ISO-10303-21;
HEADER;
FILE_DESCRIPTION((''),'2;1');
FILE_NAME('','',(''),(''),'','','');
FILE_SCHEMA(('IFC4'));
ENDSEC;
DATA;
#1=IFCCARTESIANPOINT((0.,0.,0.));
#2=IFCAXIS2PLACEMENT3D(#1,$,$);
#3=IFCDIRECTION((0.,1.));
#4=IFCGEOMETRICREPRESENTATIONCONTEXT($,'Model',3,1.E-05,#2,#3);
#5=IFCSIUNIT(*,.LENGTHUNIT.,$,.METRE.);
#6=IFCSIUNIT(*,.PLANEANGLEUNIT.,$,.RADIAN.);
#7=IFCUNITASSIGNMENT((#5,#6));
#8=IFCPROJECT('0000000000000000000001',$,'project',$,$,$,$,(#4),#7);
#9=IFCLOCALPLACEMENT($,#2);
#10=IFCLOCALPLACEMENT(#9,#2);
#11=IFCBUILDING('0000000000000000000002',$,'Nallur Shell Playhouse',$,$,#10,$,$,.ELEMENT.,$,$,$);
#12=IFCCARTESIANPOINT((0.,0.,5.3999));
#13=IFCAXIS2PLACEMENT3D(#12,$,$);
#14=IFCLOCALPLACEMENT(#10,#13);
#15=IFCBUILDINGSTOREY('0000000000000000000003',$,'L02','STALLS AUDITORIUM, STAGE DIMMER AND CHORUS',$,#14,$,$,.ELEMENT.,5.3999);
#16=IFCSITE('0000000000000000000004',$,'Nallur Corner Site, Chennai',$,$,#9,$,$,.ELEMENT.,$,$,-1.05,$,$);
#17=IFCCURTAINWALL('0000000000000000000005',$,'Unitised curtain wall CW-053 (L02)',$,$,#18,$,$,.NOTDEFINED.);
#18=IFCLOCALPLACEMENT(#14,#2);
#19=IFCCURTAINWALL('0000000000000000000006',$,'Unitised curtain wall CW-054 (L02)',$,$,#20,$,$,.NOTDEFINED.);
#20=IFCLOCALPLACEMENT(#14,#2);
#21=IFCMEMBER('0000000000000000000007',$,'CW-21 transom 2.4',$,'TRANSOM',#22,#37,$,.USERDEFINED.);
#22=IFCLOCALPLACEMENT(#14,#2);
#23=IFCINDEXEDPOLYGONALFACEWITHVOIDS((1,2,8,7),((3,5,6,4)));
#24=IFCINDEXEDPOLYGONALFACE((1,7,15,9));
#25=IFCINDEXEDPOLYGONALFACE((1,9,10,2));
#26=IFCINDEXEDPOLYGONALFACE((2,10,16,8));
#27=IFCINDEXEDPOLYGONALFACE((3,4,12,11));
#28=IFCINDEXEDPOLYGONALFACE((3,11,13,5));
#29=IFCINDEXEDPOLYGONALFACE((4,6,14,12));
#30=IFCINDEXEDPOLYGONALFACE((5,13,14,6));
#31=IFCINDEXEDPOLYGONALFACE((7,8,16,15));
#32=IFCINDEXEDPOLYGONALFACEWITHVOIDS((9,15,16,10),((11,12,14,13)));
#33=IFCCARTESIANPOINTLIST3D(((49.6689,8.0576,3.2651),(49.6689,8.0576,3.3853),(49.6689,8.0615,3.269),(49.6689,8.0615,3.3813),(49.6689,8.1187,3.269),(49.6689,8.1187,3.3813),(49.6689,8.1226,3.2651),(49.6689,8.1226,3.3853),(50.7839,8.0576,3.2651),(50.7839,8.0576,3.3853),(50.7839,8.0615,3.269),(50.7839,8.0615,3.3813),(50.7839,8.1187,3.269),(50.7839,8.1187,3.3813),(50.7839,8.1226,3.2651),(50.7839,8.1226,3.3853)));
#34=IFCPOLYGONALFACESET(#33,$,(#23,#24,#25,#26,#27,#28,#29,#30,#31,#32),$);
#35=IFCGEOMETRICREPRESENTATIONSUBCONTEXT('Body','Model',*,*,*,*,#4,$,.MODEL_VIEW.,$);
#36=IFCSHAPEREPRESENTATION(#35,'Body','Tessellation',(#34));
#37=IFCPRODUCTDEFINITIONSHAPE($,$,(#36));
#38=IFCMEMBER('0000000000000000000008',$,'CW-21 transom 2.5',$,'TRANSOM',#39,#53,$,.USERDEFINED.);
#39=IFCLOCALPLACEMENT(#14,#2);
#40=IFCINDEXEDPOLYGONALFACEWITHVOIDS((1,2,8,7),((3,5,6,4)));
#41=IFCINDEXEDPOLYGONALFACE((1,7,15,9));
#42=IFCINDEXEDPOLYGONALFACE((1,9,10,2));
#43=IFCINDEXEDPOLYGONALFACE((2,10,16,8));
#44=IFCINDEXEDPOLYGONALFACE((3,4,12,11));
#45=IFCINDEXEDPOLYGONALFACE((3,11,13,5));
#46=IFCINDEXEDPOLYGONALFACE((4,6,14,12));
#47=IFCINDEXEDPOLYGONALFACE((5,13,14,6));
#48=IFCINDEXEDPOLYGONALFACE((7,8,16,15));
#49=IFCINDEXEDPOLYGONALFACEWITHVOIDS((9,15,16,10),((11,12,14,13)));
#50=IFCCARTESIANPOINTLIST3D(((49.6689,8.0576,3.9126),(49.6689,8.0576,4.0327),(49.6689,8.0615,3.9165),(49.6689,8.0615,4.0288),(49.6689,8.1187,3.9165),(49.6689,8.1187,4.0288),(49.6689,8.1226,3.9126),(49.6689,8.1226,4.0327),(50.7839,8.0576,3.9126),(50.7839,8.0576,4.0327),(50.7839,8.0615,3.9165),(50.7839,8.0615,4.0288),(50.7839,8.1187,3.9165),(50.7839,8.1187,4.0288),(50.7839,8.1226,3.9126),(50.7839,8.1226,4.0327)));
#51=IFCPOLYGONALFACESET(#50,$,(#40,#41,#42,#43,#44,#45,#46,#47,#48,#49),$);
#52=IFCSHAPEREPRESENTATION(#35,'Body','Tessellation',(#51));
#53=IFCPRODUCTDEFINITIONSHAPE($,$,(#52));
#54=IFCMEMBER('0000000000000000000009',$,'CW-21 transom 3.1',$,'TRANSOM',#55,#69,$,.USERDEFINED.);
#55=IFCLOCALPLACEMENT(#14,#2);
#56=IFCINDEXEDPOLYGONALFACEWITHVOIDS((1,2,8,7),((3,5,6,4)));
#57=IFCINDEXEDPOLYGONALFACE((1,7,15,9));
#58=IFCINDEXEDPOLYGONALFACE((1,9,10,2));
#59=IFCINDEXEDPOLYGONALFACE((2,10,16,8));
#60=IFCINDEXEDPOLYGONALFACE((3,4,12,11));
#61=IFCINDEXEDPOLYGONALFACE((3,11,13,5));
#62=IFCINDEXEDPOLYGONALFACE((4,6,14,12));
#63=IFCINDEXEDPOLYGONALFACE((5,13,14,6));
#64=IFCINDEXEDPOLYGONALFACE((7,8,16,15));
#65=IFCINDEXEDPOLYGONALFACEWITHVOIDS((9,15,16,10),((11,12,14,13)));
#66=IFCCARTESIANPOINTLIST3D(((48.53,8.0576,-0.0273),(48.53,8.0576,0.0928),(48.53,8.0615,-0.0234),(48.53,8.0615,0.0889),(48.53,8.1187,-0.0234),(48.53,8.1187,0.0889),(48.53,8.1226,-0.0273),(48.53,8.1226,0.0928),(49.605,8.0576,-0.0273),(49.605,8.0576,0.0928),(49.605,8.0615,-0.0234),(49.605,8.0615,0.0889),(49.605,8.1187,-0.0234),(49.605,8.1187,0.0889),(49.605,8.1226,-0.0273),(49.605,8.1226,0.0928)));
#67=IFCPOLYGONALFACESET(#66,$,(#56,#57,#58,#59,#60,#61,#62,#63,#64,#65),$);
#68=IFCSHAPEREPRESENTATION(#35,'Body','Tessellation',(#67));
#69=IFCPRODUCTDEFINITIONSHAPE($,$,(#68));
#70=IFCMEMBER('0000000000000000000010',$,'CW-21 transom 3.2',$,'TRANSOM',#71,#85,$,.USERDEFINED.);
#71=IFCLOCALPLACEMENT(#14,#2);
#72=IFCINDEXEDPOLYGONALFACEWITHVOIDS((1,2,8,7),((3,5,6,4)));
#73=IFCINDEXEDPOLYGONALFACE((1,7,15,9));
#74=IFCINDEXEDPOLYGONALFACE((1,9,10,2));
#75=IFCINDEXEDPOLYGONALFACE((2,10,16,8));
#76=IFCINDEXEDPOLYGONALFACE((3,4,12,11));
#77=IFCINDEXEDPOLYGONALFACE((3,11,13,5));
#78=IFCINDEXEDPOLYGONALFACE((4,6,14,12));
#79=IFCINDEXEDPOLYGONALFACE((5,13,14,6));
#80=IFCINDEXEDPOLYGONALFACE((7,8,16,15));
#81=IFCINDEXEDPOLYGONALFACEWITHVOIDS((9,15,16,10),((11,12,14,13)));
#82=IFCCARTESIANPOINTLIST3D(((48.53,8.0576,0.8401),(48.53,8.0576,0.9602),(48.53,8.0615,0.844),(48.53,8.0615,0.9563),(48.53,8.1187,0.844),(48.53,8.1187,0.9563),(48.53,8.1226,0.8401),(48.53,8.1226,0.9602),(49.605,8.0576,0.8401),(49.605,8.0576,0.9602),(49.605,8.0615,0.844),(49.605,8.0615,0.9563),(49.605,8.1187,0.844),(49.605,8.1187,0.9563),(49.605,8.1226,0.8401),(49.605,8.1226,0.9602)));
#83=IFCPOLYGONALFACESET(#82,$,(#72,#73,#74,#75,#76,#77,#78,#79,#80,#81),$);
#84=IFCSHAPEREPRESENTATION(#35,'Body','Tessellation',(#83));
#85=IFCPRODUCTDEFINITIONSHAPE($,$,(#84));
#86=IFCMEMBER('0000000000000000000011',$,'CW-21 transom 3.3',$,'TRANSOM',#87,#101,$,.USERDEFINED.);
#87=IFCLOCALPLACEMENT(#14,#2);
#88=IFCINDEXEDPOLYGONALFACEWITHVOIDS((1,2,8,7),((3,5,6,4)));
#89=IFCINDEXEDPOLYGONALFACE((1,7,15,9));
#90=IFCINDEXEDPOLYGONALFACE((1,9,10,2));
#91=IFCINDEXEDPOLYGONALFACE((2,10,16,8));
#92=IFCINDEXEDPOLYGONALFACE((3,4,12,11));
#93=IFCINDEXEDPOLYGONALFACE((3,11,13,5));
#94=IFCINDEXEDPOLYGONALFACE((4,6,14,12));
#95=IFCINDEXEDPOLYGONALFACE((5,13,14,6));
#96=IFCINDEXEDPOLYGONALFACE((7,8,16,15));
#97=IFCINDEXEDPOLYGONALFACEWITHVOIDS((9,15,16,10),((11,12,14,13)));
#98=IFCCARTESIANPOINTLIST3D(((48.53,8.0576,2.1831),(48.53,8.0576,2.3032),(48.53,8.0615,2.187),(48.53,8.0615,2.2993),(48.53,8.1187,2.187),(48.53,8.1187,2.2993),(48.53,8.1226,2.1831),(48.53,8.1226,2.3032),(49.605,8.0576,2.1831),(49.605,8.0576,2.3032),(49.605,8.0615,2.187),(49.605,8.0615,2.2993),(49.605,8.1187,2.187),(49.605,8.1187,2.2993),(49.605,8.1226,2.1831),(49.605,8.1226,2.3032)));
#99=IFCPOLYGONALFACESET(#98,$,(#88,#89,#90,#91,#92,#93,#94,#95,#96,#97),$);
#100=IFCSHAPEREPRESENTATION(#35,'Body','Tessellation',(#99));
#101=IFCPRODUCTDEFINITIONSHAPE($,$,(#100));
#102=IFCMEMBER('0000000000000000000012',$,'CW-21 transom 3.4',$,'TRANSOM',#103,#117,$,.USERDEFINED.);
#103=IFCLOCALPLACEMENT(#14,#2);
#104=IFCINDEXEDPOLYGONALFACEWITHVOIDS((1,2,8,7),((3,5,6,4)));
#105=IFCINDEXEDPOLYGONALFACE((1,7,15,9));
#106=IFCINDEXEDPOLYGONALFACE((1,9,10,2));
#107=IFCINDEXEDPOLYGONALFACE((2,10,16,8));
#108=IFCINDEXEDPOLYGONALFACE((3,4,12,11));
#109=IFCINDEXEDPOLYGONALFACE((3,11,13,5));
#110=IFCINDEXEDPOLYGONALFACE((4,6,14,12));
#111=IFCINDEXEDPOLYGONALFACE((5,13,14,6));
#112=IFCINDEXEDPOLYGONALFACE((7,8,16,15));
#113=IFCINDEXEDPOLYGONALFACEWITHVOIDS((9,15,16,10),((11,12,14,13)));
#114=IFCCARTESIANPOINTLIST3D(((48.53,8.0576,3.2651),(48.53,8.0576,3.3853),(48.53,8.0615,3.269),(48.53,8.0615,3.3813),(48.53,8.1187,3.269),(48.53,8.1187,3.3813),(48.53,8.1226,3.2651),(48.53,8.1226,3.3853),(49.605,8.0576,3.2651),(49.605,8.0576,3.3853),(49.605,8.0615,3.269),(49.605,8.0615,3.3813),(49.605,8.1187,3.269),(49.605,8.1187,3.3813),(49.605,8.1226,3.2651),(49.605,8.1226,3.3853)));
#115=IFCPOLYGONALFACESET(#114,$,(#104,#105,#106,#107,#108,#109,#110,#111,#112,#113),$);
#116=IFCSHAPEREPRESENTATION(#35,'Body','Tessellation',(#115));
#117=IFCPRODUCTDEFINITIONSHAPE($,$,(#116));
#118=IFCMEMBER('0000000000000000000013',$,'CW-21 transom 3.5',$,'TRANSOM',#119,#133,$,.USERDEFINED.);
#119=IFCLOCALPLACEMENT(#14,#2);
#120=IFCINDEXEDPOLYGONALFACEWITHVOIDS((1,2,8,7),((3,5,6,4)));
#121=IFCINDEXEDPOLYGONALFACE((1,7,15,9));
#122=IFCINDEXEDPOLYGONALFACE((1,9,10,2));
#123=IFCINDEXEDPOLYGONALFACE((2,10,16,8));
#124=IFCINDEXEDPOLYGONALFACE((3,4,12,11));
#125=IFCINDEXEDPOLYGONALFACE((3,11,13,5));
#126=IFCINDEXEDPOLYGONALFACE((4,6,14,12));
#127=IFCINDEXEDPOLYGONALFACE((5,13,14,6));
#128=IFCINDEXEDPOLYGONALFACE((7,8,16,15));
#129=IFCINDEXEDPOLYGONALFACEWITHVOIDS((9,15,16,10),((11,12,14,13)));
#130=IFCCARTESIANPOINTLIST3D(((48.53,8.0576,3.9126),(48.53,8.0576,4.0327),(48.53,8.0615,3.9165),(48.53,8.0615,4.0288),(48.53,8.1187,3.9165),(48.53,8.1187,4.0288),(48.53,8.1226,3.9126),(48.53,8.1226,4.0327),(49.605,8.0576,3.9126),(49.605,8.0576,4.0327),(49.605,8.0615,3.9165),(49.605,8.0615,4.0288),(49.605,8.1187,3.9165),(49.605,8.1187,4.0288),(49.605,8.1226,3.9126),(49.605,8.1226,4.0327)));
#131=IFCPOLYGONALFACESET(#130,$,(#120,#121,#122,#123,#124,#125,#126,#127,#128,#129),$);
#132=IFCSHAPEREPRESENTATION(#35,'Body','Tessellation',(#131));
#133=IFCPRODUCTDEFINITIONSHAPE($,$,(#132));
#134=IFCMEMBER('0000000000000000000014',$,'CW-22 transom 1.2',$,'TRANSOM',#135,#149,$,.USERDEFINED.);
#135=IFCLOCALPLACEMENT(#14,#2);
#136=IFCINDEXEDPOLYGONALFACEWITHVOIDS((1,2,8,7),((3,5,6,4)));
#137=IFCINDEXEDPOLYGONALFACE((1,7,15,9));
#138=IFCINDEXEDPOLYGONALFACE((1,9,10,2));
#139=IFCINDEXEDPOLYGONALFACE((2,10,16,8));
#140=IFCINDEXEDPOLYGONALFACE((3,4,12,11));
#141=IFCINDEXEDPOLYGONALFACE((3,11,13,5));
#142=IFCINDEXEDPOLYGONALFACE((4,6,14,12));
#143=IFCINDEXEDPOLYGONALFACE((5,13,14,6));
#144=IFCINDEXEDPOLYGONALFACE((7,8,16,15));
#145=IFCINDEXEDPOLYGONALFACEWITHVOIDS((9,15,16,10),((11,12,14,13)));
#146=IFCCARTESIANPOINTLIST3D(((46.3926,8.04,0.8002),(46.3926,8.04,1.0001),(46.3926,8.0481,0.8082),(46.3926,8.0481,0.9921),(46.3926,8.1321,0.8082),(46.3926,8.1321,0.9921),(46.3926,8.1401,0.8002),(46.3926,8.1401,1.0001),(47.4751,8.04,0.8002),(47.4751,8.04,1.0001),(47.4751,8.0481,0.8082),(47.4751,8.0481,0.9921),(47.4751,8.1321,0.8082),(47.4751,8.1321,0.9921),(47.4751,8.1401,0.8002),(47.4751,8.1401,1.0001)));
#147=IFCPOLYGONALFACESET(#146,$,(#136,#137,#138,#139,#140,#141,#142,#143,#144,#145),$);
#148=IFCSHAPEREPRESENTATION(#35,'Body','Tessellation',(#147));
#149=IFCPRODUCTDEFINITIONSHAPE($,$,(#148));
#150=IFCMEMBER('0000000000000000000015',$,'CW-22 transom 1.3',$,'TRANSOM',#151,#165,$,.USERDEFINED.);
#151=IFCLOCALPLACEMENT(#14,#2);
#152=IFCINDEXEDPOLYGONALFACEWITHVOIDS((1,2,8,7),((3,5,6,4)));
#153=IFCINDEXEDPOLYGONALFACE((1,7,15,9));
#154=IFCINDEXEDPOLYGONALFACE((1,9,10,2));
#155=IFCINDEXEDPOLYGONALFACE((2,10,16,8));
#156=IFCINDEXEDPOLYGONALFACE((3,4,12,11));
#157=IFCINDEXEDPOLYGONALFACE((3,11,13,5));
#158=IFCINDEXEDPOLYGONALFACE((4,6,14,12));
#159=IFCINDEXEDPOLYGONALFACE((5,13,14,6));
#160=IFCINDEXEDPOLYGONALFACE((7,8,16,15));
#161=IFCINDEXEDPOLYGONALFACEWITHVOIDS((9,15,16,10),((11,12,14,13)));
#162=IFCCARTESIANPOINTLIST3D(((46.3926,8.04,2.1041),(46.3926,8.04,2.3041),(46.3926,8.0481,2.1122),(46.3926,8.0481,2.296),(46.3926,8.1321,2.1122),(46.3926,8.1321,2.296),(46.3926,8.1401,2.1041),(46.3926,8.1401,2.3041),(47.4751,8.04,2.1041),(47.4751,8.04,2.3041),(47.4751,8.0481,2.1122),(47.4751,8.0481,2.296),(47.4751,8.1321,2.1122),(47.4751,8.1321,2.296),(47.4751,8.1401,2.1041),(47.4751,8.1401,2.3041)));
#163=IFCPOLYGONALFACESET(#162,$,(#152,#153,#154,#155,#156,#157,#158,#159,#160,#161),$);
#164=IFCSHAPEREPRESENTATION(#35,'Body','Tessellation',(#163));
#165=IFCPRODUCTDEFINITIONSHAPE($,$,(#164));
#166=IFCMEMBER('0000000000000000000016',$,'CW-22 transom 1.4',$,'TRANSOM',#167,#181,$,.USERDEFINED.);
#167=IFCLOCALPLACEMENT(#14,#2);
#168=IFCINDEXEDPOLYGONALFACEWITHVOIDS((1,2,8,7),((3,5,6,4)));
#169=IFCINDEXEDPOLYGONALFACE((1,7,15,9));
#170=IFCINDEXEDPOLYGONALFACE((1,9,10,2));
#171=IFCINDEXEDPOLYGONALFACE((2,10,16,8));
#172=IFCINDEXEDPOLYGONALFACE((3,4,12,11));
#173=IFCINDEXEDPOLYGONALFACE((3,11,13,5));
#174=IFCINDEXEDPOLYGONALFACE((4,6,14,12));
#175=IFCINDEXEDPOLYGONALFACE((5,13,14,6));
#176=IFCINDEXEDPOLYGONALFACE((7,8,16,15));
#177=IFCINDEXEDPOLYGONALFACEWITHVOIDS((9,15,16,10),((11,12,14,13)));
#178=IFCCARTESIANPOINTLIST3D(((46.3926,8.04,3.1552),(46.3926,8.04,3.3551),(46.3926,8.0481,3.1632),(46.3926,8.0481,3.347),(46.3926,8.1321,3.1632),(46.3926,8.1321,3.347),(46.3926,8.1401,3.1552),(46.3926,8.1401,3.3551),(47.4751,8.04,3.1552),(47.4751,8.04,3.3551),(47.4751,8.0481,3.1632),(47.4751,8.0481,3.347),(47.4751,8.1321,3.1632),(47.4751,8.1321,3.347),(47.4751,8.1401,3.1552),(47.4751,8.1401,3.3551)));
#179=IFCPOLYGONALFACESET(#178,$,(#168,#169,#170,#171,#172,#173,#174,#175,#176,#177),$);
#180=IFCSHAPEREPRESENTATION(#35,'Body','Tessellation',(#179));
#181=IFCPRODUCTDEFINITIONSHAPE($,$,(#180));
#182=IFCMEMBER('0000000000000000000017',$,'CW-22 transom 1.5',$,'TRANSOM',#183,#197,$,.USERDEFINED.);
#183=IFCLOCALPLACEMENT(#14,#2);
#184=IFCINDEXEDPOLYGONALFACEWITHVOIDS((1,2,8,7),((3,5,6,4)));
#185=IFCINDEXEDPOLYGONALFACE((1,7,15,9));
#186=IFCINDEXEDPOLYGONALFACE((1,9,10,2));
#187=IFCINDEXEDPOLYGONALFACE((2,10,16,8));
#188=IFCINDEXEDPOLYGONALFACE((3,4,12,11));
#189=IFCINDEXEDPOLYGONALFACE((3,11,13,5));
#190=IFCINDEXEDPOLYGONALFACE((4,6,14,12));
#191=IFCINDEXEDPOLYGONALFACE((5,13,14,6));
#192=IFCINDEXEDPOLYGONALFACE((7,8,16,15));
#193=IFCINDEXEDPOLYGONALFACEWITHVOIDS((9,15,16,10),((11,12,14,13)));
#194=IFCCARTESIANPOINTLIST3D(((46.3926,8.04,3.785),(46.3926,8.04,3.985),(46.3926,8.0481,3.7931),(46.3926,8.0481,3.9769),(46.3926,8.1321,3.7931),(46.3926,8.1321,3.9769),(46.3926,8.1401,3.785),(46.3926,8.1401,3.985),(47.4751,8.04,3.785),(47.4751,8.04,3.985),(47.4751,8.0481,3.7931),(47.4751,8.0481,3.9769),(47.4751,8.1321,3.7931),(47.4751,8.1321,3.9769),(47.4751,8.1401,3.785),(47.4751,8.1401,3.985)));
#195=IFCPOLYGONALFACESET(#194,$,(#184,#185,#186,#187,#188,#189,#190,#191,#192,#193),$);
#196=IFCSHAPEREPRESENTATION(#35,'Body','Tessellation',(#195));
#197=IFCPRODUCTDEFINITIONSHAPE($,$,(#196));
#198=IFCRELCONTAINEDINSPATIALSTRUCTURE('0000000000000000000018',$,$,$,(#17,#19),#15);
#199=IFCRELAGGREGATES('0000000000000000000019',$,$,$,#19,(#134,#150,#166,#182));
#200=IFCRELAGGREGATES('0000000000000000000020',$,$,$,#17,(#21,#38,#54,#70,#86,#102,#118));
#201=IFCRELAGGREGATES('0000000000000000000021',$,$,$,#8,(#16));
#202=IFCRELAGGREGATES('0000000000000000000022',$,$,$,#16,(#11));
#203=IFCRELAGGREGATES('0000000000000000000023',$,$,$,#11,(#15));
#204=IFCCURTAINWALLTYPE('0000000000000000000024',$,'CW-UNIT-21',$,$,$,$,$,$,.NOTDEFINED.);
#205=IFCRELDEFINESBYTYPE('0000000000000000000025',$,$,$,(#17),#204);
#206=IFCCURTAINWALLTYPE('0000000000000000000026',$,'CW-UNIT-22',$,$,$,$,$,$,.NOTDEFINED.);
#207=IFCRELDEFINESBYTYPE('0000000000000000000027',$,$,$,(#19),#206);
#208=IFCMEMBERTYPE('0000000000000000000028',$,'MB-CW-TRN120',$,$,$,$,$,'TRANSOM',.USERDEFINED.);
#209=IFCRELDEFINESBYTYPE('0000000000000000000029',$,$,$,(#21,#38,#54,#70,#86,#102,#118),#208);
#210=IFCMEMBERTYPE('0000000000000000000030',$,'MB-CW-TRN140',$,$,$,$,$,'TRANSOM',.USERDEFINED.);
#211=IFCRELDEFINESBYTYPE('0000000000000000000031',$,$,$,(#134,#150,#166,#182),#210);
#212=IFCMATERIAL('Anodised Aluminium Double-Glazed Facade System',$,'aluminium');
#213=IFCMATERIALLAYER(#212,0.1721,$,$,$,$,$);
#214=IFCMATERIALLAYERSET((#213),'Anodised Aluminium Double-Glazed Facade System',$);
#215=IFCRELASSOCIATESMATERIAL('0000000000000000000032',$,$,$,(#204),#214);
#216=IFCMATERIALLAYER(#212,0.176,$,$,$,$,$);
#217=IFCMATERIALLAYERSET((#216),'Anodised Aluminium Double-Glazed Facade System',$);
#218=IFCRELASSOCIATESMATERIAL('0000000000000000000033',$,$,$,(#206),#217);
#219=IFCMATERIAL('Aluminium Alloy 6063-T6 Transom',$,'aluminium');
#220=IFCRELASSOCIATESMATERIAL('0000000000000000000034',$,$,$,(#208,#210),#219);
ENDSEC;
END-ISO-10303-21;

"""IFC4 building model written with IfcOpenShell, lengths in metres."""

from ifc_helpers import new_model, si_unit, direction, frame, origin, origin_2d, place, context, subcontext, project, spatial, hollow_rectangle, extrude, material, layer, layer_set, material_profile, profile_set, type_object, element, aggregate, save


model = new_model("IFC4")

# Units and contexts
model_context = context("Model", 3, precision=1e-05, world=origin(), true_north=direction((0.0, 1.0)))
body_context = subcontext(model_context, "Body", "Model", "MODEL_VIEW")
ifc_project = project(units=[si_unit("LENGTHUNIT", "METRE"), si_unit("PLANEANGLEUNIT", "RADIAN")], contexts=[model_context])

# Site, building, storey
site_placement = place(None, origin())
site = spatial("IfcSite", under=ifc_project, at=site_placement, Name="Nallur Corner Site, Chennai", CompositionType="ELEMENT", RefElevation=-1.05)
building_placement = place(site_placement, origin())
building = spatial("IfcBuilding", under=site, at=building_placement, Name="Nallur Shell Playhouse", CompositionType="ELEMENT")
storey_placement = place(building_placement, frame((0.0, 0.0, 5.3999)))
storey = spatial("IfcBuildingStorey", under=building, at=storey_placement, Name="L02", Description="STALLS AUDITORIUM, STAGE DIMMER AND CHORUS", CompositionType="ELEMENT", Elevation=5.3999)

# Curtain wall
ifc_material_1 = material(Name="Anodised Aluminium Double-Glazed Facade System", Category="aluminium")
ifc_layer_1 = layer(ifc_material_1, 0.1721)
ifc_layer_set_1 = layer_set([ifc_layer_1], Name="Anodised Aluminium Double-Glazed Facade System")
curtain_wall_type_1 = type_object("IfcCurtainWallType", Name="CW-UNIT-21", PredefinedType="NOTDEFINED", material=ifc_layer_set_1)
curtain_wall_1_placement = place(storey_placement, origin())
curtain_wall_1 = element("IfcCurtainWall", 1, at=curtain_wall_1_placement, inside=storey, type_object=curtain_wall_type_1, Name="Unitised curtain wall CW-053 (L02)", PredefinedType="NOTDEFINED")

# Curtain wall
ifc_layer_2 = layer(ifc_material_1, 0.176)
ifc_layer_set_2 = layer_set([ifc_layer_2], Name="Anodised Aluminium Double-Glazed Facade System")
curtain_wall_type_2 = type_object("IfcCurtainWallType", Name="CW-UNIT-22", PredefinedType="NOTDEFINED", material=ifc_layer_set_2)
curtain_wall_2_placement = place(storey_placement, origin())
curtain_wall_2 = element("IfcCurtainWall", 2, at=curtain_wall_2_placement, inside=storey, type_object=curtain_wall_type_2, Name="Unitised curtain wall CW-054 (L02)", PredefinedType="NOTDEFINED")

# Members
ifc_material_2 = material(Name="Aluminium Alloy 6063-T6 Transom", Category="aluminium")
ifc_material_profile_1 = material_profile(ifc_material_2, hollow_rectangle(XDim=0.0649, YDim=0.1201, WallThickness=0.0039, at=origin_2d()), Name="ALU 65x120x4")
ifc_profile_set_1 = profile_set([ifc_material_profile_1], Name="Aluminium Alloy 6063-T6 Transom")
member_type_1 = type_object("IfcMemberType", Name="MB-CW-TRN120", ElementType="TRANSOM", PredefinedType="USERDEFINED", material=ifc_profile_set_1)
member_1_placement = place(storey_placement, frame((50.7839, 8.0901, 3.3252), z_axis=(-1.0, 0.0, 0.0), x_axis=(0.0, -1.0, 0.0)))
member_1 = element("IfcMember", 3, at=member_1_placement, type_object=member_type_1, Name="CW-21 transom 2.4", ObjectType="TRANSOM", PredefinedType="USERDEFINED", context=body_context, shape_type="SweptSolid", body=[
    extrude(hollow_rectangle(XDim=0.0649, YDim=0.1201, WallThickness=0.0039, at=origin_2d()), origin(), (0.0, 0.0, 1.0), 1.115),
])
member_2_placement = place(storey_placement, frame((50.7839, 8.0901, 3.9727), z_axis=(-1.0, 0.0, 0.0), x_axis=(0.0, -1.0, 0.0)))
member_2 = element("IfcMember", 4, at=member_2_placement, type_object=member_type_1, Name="CW-21 transom 2.5", ObjectType="TRANSOM", PredefinedType="USERDEFINED", context=body_context, shape_type="SweptSolid", body=[
    extrude(hollow_rectangle(XDim=0.0649, YDim=0.1201, WallThickness=0.0039, at=origin_2d()), origin(), (0.0, 0.0, 1.0), 1.115),
])
member_3_placement = place(storey_placement, frame((49.605, 8.0901, 0.0327), z_axis=(-1.0, 0.0, 0.0), x_axis=(0.0, -1.0, 0.0)))
member_3 = element("IfcMember", 5, at=member_3_placement, type_object=member_type_1, Name="CW-21 transom 3.1", ObjectType="TRANSOM", PredefinedType="USERDEFINED", context=body_context, shape_type="SweptSolid", body=[
    extrude(hollow_rectangle(XDim=0.0649, YDim=0.1201, WallThickness=0.0039, at=origin_2d()), origin(), (0.0, 0.0, 1.0), 1.075),
])
member_4_placement = place(storey_placement, frame((49.605, 8.0901, 0.9001), z_axis=(-1.0, 0.0, 0.0), x_axis=(0.0, -1.0, 0.0)))
member_4 = element("IfcMember", 6, at=member_4_placement, type_object=member_type_1, Name="CW-21 transom 3.2", ObjectType="TRANSOM", PredefinedType="USERDEFINED", context=body_context, shape_type="SweptSolid", body=[
    extrude(hollow_rectangle(XDim=0.0649, YDim=0.1201, WallThickness=0.0039, at=origin_2d()), origin(), (0.0, 0.0, 1.0), 1.075),
])
member_5_placement = place(storey_placement, frame((49.605, 8.0901, 2.2432), z_axis=(-1.0, 0.0, 0.0), x_axis=(0.0, -1.0, 0.0)))
member_5 = element("IfcMember", 7, at=member_5_placement, type_object=member_type_1, Name="CW-21 transom 3.3", ObjectType="TRANSOM", PredefinedType="USERDEFINED", context=body_context, shape_type="SweptSolid", body=[
    extrude(hollow_rectangle(XDim=0.0649, YDim=0.1201, WallThickness=0.0039, at=origin_2d()), origin(), (0.0, 0.0, 1.0), 1.075),
])
member_6_placement = place(storey_placement, frame((49.605, 8.0901, 3.3252), z_axis=(-1.0, 0.0, 0.0), x_axis=(0.0, -1.0, 0.0)))
member_6 = element("IfcMember", 8, at=member_6_placement, type_object=member_type_1, Name="CW-21 transom 3.4", ObjectType="TRANSOM", PredefinedType="USERDEFINED", context=body_context, shape_type="SweptSolid", body=[
    extrude(hollow_rectangle(XDim=0.0649, YDim=0.1201, WallThickness=0.0039, at=origin_2d()), origin(), (0.0, 0.0, 1.0), 1.075),
])
member_7_placement = place(storey_placement, frame((49.605, 8.0901, 3.9727), z_axis=(-1.0, 0.0, 0.0), x_axis=(0.0, -1.0, 0.0)))
member_7 = element("IfcMember", 9, at=member_7_placement, type_object=member_type_1, Name="CW-21 transom 3.5", ObjectType="TRANSOM", PredefinedType="USERDEFINED", context=body_context, shape_type="SweptSolid", body=[
    extrude(hollow_rectangle(XDim=0.0649, YDim=0.1201, WallThickness=0.0039, at=origin_2d()), origin(), (0.0, 0.0, 1.0), 1.075),
])
ifc_material_profile_2 = material_profile(ifc_material_2, hollow_rectangle(XDim=0.1001, YDim=0.2, WallThickness=0.0081, at=origin_2d()), Name="RHS 200x100x8")
ifc_profile_set_2 = profile_set([ifc_material_profile_2], Name="Aluminium Alloy 6063-T6 Transom")
member_type_2 = type_object("IfcMemberType", Name="MB-CW-TRN140", ElementType="TRANSOM", PredefinedType="USERDEFINED", material=ifc_profile_set_2)
member_8_placement = place(storey_placement, frame((47.4751, 8.0901, 0.9001), z_axis=(-1.0, 0.0, 0.0), x_axis=(0.0, -1.0, 0.0)))
member_8 = element("IfcMember", 10, at=member_8_placement, type_object=member_type_2, Name="CW-22 transom 1.2", ObjectType="TRANSOM", PredefinedType="USERDEFINED", context=body_context, shape_type="SweptSolid", body=[
    extrude(hollow_rectangle(XDim=0.1001, YDim=0.2, WallThickness=0.0081, at=origin_2d()), origin(), (0.0, 0.0, 1.0), 1.0825),
])
member_9_placement = place(storey_placement, frame((47.4751, 8.0901, 2.2041), z_axis=(-1.0, 0.0, 0.0), x_axis=(0.0, -1.0, 0.0)))
member_9 = element("IfcMember", 11, at=member_9_placement, type_object=member_type_2, Name="CW-22 transom 1.3", ObjectType="TRANSOM", PredefinedType="USERDEFINED", context=body_context, shape_type="SweptSolid", body=[
    extrude(hollow_rectangle(XDim=0.1001, YDim=0.2, WallThickness=0.0081, at=origin_2d()), origin(), (0.0, 0.0, 1.0), 1.0825),
])
member_10_placement = place(storey_placement, frame((47.4751, 8.0901, 3.2551), z_axis=(-1.0, 0.0, 0.0), x_axis=(0.0, -1.0, 0.0)))
member_10 = element("IfcMember", 12, at=member_10_placement, type_object=member_type_2, Name="CW-22 transom 1.4", ObjectType="TRANSOM", PredefinedType="USERDEFINED", context=body_context, shape_type="SweptSolid", body=[
    extrude(hollow_rectangle(XDim=0.1001, YDim=0.2, WallThickness=0.0081, at=origin_2d()), origin(), (0.0, 0.0, 1.0), 1.0825),
])
member_11_placement = place(storey_placement, frame((47.4751, 8.0901, 3.885), z_axis=(-1.0, 0.0, 0.0), x_axis=(0.0, -1.0, 0.0)))
member_11 = element("IfcMember", 13, at=member_11_placement, type_object=member_type_2, Name="CW-22 transom 1.5", ObjectType="TRANSOM", PredefinedType="USERDEFINED", context=body_context, shape_type="SweptSolid", body=[
    extrude(hollow_rectangle(XDim=0.1001, YDim=0.2, WallThickness=0.0081, at=origin_2d()), origin(), (0.0, 0.0, 1.0), 1.0825),
])
aggregate(curtain_wall_2, [member_8, member_9, member_10, member_11])

aggregate(curtain_wall_1, [member_1, member_2, member_3, member_4, member_5, member_6, member_7])

save(model, "model.ifc")
